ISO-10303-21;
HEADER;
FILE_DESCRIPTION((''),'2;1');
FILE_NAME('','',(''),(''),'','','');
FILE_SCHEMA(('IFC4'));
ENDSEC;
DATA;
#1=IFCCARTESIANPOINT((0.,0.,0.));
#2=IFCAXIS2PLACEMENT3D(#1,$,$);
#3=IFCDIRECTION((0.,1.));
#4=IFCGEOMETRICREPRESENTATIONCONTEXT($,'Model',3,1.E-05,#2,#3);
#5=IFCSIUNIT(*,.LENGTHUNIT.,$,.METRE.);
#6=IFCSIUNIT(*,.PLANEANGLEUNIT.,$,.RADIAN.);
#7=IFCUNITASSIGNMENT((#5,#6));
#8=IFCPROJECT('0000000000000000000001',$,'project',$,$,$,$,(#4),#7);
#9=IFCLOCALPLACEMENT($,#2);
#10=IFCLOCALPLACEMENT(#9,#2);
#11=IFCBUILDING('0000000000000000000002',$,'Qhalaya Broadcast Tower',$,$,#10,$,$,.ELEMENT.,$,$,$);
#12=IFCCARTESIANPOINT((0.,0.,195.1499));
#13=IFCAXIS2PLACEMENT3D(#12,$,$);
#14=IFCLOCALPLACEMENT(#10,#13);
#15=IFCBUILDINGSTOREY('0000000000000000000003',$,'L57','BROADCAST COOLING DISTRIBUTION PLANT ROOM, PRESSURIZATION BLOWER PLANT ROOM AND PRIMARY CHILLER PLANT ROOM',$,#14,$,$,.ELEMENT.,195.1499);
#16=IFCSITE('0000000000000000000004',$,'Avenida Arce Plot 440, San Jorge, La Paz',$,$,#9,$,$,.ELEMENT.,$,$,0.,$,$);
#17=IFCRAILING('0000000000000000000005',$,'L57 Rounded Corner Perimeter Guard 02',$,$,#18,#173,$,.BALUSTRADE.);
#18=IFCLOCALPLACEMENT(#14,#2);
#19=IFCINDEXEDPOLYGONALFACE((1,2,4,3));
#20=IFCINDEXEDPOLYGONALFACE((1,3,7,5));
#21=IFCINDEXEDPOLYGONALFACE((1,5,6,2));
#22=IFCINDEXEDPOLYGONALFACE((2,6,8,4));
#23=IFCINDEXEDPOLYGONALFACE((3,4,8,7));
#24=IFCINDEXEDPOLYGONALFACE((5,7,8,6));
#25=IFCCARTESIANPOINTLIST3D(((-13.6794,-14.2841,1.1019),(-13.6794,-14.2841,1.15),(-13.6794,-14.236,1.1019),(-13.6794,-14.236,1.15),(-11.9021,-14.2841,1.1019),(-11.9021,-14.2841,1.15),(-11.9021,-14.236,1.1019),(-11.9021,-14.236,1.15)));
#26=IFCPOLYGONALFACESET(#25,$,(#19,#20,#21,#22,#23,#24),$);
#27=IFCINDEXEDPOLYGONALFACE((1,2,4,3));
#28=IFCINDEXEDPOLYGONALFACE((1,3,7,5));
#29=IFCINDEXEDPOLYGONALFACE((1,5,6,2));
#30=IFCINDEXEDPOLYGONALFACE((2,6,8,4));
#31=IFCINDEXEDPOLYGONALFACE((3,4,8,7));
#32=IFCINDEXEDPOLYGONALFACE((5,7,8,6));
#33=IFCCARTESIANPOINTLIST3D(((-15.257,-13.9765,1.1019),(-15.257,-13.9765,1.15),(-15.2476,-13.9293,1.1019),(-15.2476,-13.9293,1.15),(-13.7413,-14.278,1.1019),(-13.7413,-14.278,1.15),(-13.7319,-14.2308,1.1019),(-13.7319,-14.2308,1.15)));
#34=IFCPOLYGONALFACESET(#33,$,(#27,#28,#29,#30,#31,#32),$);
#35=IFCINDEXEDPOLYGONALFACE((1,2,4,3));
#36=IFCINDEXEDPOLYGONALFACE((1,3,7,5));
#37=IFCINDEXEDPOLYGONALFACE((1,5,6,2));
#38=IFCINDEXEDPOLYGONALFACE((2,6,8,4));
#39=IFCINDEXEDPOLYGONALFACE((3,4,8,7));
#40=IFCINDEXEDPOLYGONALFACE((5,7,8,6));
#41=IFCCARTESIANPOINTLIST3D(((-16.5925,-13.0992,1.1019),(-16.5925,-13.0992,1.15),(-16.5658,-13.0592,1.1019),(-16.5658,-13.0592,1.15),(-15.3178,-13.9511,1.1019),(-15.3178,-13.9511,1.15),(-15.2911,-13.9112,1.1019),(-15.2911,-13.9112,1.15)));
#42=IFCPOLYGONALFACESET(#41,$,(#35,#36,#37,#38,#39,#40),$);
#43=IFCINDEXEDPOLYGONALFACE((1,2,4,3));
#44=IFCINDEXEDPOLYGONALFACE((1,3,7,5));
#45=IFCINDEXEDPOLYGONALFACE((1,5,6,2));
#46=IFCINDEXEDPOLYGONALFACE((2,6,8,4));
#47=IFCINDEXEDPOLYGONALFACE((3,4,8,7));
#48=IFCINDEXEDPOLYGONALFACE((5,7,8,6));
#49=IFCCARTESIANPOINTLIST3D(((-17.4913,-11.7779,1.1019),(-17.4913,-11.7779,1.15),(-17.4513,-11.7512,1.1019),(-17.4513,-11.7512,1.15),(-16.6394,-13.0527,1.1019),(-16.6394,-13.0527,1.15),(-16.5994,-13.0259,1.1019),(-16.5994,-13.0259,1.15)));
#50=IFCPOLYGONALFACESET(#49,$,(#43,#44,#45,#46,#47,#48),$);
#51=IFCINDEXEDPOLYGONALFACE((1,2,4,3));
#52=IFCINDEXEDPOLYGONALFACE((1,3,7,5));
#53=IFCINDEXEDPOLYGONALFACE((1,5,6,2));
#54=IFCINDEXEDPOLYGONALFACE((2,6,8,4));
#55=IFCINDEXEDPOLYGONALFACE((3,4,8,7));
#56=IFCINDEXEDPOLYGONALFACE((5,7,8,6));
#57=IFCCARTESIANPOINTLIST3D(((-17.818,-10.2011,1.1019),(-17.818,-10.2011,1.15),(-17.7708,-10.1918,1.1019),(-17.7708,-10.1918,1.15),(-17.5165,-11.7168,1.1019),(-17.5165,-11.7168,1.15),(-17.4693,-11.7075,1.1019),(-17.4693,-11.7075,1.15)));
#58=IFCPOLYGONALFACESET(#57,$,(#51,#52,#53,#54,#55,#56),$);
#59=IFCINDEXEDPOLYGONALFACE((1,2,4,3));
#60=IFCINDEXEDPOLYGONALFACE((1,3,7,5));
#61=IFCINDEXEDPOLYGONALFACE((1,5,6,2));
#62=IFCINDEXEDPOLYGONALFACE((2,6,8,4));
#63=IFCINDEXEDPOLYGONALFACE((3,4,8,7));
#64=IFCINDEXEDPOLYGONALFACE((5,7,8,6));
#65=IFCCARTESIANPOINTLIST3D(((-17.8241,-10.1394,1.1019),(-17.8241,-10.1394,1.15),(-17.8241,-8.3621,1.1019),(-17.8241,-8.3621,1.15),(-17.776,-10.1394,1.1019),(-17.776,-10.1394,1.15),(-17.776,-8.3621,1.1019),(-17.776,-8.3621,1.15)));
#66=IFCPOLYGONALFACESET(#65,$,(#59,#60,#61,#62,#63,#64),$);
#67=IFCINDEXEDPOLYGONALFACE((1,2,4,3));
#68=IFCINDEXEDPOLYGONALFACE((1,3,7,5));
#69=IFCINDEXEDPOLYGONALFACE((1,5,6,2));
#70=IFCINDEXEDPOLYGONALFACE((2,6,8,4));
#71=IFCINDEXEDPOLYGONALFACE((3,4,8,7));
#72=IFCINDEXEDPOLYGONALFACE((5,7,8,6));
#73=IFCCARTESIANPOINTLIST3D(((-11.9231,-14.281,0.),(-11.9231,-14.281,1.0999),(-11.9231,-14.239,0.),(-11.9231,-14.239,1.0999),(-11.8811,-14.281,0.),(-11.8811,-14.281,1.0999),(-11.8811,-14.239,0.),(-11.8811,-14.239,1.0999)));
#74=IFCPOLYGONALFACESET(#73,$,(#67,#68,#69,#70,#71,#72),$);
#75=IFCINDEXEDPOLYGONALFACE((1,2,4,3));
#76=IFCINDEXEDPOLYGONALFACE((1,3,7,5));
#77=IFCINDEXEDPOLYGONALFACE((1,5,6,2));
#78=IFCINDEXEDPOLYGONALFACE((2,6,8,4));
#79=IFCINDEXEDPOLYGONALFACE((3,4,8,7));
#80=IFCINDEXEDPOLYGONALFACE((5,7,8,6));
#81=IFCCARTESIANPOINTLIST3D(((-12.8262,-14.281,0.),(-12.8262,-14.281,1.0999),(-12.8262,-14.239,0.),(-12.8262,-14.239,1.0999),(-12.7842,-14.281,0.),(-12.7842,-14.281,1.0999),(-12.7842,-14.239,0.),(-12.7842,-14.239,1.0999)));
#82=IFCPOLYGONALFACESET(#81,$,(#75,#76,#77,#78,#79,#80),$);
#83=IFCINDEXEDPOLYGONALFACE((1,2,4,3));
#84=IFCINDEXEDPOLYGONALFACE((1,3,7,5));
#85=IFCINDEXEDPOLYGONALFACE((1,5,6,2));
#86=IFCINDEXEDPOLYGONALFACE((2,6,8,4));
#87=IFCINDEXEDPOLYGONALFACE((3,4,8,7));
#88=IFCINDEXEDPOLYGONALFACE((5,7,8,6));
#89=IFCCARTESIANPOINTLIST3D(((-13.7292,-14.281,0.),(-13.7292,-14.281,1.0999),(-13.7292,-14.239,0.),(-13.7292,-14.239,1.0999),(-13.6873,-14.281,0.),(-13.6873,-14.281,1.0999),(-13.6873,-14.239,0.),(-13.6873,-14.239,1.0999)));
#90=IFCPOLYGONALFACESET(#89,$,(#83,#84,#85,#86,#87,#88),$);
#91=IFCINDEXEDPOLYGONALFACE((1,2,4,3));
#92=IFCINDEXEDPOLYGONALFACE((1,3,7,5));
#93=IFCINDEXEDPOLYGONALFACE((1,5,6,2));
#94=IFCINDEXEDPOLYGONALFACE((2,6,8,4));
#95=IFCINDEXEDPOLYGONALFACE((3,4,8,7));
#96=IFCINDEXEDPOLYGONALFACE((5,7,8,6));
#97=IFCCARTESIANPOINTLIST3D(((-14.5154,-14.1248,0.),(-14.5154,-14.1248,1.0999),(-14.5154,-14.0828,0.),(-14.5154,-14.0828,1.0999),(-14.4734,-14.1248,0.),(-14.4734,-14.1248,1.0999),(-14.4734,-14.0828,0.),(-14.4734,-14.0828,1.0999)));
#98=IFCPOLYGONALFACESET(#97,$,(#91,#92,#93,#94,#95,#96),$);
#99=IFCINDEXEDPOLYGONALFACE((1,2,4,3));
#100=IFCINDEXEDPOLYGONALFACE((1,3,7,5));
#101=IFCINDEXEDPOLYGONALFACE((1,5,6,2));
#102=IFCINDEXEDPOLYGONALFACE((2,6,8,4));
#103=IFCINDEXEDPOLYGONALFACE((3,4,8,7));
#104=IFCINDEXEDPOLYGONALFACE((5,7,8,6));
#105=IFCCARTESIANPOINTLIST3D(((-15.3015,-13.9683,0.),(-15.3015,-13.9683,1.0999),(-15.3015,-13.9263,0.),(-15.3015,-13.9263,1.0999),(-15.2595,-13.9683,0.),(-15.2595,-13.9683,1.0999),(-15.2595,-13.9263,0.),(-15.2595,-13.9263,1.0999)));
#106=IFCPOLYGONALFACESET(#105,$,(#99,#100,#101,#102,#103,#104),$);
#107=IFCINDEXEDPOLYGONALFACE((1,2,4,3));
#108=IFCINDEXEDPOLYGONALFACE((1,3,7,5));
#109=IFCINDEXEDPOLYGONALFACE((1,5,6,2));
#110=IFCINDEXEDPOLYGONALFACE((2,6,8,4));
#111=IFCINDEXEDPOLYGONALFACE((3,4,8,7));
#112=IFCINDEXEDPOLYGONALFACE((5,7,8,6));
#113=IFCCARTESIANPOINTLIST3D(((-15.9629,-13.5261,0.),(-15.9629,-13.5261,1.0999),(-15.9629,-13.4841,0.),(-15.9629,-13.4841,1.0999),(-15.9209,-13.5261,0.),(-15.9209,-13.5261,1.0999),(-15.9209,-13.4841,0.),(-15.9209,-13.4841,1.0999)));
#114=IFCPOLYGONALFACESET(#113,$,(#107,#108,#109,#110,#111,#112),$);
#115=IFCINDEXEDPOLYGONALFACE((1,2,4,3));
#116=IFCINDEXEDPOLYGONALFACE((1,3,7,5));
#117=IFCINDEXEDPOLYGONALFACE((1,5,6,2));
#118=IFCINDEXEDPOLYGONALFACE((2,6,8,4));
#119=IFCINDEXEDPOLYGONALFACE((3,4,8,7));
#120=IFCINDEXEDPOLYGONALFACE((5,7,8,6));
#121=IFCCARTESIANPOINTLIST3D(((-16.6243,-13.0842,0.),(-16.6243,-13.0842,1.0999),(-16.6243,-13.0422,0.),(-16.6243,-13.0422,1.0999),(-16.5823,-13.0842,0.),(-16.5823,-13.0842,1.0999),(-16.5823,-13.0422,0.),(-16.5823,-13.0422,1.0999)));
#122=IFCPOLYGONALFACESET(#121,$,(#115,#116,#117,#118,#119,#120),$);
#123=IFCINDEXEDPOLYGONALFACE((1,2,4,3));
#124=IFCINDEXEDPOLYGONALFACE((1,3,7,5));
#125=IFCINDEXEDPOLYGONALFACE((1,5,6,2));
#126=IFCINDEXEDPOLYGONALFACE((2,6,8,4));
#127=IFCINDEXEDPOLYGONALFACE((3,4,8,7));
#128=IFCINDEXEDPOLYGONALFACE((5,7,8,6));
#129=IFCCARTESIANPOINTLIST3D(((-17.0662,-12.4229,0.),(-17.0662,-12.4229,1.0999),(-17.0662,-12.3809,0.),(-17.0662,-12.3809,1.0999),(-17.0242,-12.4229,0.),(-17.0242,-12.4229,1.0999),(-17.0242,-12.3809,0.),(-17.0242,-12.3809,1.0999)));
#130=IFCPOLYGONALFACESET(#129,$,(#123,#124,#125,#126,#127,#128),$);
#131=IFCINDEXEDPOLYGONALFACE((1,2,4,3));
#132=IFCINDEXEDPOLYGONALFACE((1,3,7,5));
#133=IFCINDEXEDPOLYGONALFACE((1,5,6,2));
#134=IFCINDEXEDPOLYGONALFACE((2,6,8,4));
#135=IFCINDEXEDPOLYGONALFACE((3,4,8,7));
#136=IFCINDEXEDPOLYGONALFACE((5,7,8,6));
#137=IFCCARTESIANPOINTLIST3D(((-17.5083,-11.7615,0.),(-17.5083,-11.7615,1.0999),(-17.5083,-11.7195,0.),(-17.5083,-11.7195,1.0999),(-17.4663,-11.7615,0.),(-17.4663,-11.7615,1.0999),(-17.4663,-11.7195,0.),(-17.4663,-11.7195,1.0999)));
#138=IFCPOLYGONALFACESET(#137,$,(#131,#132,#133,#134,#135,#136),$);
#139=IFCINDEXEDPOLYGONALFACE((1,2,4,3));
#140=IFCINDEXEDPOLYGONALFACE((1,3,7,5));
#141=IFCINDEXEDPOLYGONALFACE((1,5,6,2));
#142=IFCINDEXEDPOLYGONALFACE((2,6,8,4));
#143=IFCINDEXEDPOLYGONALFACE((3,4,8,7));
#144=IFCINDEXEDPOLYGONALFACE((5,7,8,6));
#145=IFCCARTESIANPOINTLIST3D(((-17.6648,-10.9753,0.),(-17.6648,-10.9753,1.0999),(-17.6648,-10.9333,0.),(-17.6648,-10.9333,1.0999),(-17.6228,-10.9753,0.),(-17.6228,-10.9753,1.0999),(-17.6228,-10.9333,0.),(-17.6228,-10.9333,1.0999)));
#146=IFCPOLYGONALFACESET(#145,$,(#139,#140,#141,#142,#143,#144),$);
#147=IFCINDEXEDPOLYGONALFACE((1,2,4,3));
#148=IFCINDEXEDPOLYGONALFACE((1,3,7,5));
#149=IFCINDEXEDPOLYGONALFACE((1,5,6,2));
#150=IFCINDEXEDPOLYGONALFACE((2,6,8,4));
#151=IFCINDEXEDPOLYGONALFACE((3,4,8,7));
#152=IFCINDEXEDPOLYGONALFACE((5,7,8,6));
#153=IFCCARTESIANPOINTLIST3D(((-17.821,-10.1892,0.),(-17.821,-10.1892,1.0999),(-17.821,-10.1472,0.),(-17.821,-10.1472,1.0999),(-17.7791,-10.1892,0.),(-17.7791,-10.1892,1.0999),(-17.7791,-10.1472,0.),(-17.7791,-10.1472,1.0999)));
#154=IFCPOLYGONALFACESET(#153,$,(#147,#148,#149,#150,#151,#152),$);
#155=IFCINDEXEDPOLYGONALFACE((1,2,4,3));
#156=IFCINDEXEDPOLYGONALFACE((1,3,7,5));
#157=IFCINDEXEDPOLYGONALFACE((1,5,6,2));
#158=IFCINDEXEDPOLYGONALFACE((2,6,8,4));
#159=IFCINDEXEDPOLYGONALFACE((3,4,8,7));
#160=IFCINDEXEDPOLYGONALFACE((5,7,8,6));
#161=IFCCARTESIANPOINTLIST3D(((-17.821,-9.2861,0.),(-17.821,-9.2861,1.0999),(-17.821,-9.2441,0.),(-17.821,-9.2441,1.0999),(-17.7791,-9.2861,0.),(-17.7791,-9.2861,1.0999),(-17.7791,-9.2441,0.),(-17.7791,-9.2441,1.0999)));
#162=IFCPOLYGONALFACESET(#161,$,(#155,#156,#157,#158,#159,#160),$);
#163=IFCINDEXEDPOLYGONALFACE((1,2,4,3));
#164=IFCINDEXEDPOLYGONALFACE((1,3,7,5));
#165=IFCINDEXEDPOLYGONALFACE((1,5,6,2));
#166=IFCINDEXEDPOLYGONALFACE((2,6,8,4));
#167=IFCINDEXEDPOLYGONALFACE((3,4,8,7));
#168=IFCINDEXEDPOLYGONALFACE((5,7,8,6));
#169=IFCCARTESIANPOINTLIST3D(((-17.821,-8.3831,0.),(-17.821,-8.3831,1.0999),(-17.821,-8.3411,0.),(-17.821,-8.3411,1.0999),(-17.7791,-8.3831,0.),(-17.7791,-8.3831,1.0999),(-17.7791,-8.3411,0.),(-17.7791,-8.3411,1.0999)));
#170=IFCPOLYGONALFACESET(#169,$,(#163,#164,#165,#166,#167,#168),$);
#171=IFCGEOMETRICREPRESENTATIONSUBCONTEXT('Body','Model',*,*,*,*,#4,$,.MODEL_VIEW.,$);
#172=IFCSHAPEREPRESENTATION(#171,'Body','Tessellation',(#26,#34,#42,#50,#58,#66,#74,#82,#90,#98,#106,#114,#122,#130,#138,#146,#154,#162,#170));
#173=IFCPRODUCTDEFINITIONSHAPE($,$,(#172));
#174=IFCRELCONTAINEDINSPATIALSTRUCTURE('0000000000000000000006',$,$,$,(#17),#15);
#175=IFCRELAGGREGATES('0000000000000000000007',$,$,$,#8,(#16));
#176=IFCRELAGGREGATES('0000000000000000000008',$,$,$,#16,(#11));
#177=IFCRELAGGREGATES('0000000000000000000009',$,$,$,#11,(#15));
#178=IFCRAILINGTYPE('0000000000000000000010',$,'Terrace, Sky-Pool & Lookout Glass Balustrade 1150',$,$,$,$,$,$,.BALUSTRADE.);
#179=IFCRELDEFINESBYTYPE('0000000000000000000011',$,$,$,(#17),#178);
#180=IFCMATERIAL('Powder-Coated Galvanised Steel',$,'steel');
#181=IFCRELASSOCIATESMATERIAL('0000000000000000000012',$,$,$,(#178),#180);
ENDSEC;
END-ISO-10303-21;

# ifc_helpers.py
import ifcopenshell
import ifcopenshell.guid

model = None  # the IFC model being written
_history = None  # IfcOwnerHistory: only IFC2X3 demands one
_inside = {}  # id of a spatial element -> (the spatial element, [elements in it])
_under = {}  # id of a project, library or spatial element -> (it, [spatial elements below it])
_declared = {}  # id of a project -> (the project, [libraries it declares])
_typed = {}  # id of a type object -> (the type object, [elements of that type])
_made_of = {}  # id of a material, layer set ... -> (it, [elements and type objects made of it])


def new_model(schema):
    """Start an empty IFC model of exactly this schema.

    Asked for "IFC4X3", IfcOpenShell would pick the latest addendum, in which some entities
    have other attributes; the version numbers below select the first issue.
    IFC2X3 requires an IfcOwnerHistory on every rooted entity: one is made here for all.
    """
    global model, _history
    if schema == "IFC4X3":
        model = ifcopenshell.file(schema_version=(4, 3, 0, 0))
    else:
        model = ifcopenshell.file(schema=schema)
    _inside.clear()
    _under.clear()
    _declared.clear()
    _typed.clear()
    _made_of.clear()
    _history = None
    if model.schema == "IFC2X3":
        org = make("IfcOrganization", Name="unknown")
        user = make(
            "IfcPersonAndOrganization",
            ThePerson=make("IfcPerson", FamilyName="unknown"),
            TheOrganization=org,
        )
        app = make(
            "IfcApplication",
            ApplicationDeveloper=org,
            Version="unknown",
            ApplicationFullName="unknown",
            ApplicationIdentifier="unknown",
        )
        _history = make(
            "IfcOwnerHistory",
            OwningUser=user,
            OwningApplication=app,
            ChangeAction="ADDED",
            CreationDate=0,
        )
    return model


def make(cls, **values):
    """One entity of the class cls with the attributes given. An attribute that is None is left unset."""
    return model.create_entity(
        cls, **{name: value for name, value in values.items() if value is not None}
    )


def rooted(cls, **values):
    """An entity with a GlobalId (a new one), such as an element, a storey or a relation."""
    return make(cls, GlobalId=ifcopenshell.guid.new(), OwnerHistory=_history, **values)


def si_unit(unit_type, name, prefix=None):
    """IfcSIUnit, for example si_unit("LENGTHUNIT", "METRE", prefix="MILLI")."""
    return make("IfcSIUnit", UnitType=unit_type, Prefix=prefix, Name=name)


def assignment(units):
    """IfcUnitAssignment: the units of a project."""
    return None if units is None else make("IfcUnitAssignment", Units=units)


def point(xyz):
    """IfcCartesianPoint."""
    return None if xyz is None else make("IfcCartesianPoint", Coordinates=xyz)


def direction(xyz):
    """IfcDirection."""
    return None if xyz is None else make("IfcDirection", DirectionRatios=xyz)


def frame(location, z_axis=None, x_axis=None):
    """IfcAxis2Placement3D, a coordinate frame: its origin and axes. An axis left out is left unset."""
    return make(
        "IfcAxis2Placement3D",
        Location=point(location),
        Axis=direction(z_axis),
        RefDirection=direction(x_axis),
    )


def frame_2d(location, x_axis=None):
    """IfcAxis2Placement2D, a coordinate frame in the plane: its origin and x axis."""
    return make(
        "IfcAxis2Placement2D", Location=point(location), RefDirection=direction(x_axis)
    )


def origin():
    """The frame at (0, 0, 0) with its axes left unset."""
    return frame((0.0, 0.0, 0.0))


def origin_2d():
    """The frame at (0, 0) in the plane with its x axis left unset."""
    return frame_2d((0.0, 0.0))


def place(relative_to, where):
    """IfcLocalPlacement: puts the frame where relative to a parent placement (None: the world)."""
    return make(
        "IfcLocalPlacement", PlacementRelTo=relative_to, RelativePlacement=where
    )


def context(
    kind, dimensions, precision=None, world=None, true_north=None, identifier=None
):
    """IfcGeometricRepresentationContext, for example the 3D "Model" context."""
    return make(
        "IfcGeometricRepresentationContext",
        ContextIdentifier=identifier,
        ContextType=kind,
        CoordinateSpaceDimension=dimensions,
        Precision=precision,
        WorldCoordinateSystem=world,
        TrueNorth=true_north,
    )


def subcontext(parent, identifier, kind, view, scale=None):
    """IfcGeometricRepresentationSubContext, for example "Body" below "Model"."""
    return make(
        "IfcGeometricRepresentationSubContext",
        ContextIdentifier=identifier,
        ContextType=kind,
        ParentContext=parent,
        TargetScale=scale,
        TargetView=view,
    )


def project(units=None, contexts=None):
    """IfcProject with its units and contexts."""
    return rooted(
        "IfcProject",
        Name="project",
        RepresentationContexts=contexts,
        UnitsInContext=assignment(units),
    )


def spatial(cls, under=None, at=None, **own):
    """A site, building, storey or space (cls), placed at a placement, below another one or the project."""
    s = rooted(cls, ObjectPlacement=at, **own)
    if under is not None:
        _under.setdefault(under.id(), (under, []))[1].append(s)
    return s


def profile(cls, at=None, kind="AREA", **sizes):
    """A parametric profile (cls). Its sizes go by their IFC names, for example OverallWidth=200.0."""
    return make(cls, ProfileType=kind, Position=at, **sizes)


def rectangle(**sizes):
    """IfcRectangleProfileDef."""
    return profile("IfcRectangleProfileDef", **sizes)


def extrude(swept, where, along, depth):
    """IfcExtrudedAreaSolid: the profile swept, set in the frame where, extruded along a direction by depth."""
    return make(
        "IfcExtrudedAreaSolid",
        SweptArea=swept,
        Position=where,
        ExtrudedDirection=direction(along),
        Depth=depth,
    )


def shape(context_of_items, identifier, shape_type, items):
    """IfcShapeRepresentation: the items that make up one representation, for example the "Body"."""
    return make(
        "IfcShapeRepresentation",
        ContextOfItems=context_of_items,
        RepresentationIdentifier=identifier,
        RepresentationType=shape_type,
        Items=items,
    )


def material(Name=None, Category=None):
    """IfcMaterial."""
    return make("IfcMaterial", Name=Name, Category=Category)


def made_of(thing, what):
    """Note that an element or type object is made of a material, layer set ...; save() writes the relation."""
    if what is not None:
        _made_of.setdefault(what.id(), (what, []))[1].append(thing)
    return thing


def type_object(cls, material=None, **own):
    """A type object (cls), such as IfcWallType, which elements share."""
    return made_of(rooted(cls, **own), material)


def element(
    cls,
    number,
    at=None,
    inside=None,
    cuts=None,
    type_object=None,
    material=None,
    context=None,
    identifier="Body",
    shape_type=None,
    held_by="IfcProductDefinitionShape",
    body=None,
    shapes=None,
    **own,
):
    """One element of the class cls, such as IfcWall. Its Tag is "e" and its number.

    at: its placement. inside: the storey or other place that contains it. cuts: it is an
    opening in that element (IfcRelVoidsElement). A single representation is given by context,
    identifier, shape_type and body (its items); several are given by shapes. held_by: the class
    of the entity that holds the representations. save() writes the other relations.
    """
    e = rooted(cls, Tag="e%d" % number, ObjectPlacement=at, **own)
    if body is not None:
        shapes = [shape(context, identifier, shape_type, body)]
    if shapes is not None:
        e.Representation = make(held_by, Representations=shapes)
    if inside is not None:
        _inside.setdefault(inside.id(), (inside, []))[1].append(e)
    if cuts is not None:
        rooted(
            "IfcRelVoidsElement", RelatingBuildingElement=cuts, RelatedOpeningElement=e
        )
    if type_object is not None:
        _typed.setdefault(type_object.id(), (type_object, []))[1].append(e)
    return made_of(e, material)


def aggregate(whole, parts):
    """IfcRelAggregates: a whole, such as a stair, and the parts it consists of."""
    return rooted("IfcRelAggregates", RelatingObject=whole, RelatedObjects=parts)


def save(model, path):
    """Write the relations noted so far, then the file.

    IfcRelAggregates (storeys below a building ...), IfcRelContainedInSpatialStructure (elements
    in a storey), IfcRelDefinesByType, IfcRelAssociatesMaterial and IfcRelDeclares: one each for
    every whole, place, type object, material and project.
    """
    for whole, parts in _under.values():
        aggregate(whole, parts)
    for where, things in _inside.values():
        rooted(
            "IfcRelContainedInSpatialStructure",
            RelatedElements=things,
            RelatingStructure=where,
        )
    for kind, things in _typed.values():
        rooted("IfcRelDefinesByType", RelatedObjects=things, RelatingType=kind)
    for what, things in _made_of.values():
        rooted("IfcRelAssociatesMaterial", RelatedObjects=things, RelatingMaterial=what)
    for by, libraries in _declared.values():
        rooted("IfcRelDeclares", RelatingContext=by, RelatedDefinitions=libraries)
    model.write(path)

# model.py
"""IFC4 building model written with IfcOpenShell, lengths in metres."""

from ifc_helpers import new_model, si_unit, direction, frame, origin, origin_2d, place, context, subcontext, project, spatial, rectangle, extrude, material, type_object, element, save


model = new_model("IFC4")

# Units and contexts
model_context = context("Model", 3, precision=1e-05, world=origin(), true_north=direction((0.0, 1.0)))
body_context = subcontext(model_context, "Body", "Model", "MODEL_VIEW")
ifc_project = project(units=[si_unit("LENGTHUNIT", "METRE"), si_unit("PLANEANGLEUNIT", "RADIAN")], contexts=[model_context])

# Site, building, storey
site_placement = place(None, origin())
site = spatial("IfcSite", under=ifc_project, at=site_placement, Name="Avenida Arce Plot 440, San Jorge, La Paz", CompositionType="ELEMENT", RefElevation=0.0)
building_placement = place(site_placement, origin())
building = spatial("IfcBuilding", under=site, at=building_placement, Name="Qhalaya Broadcast Tower", CompositionType="ELEMENT")
storey_placement = place(building_placement, frame((0.0, 0.0, 195.1499)))
storey = spatial("IfcBuildingStorey", under=building, at=storey_placement, Name="L57", Description="BROADCAST COOLING DISTRIBUTION PLANT ROOM, PRESSURIZATION BLOWER PLANT ROOM AND PRIMARY CHILLER PLANT ROOM", CompositionType="ELEMENT", Elevation=195.1499)

# Railing
ifc_material_1 = material(Name="Powder-Coated Galvanised Steel", Category="steel")
railing_type = type_object("IfcRailingType", Name="Terrace, Sky-Pool & Lookout Glass Balustrade 1150", PredefinedType="BALUSTRADE", material=ifc_material_1)
railing_placement = place(storey_placement, frame((-11.9021, -14.26, 0.0)))
element("IfcRailing", 1, at=railing_placement, inside=storey, type_object=railing_type, Name="L57 Rounded Corner Perimeter Guard 02", PredefinedType="BALUSTRADE", context=body_context, shape_type="SweptSolid", body=[
    extrude(rectangle(XDim=0.0481, YDim=0.0481, at=origin_2d()), frame((0.0, 0.0, 1.126), z_axis=(-1.0, 0.0, 0.0), x_axis=(0.0, -1.0, 0.0)), (0.0, 0.0, 1.0), 1.7773),
    extrude(rectangle(XDim=0.0481, YDim=0.0481, at=origin_2d()), frame((-1.8345, 0.0056, 1.126), z_axis=(-0.980785, 0.195091, 0.0), x_axis=(-0.195091, -0.980785, 0.0)), (0.0, 0.0, 1.0), 1.5454),
    extrude(rectangle(XDim=0.0481, YDim=0.0481, at=origin_2d()), frame((-3.4023, 0.3289, 1.126), z_axis=(-0.831412, 0.555656, 0.0), x_axis=(-0.555656, -0.831412, 0.0)), (0.0, 0.0, 1.0), 1.5332),
    extrude(rectangle(XDim=0.0481, YDim=0.0481, at=origin_2d()), frame((-4.7173, 1.2207, 1.126), z_axis=(-0.555656, 0.831412, 0.0), x_axis=(-0.831412, -0.555656, 0.0)), (0.0, 0.0, 1.0), 1.5332),
    extrude(rectangle(XDim=0.0481, YDim=0.0481, at=origin_2d()), frame((-5.5908, 2.5479, 1.126), z_axis=(-0.195091, 0.980785, 0.0), x_axis=(-0.980785, -0.195091, 0.0)), (0.0, 0.0, 1.0), 1.5454),
    extrude(rectangle(XDim=0.0481, YDim=0.0481, at=origin_2d()), frame((-5.8979, 4.1206, 1.126), z_axis=(0.0, 1.0, 0.0), x_axis=(-1.0, 0.0, 0.0)), (0.0, 0.0, 1.0), 1.7773),
    extrude(rectangle(XDim=0.042, YDim=0.042, at=origin_2d()), origin(), (0.0, 0.0, 1.0), 1.0999),
    extrude(rectangle(XDim=0.042, YDim=0.042, at=origin_2d()), frame((-0.9031, 0.0, 0.0)), (0.0, 0.0, 1.0), 1.0999),
    extrude(rectangle(XDim=0.042, YDim=0.042, at=origin_2d()), frame((-1.8062, 0.0, 0.0)), (0.0, 0.0, 1.0), 1.0999),
    extrude(rectangle(XDim=0.042, YDim=0.042, at=origin_2d()), frame((-2.5923, 0.1562, 0.0)), (0.0, 0.0, 1.0), 1.0999),
    extrude(rectangle(XDim=0.042, YDim=0.042, at=origin_2d()), frame((-3.3784, 0.3127, 0.0)), (0.0, 0.0, 1.0), 1.0999),
    extrude(rectangle(XDim=0.042, YDim=0.042, at=origin_2d()), frame((-4.0398, 0.7549, 0.0)), (0.0, 0.0, 1.0), 1.0999),
    extrude(rectangle(XDim=0.042, YDim=0.042, at=origin_2d()), frame((-4.7012, 1.1968, 0.0)), (0.0, 0.0, 1.0), 1.0999),
    extrude(rectangle(XDim=0.042, YDim=0.042, at=origin_2d()), frame((-5.1431, 1.8582, 0.0)), (0.0, 0.0, 1.0), 1.0999),
    extrude(rectangle(XDim=0.042, YDim=0.042, at=origin_2d()), frame((-5.5852, 2.5195, 0.0)), (0.0, 0.0, 1.0), 1.0999),
    extrude(rectangle(XDim=0.042, YDim=0.042, at=origin_2d()), frame((-5.7417, 3.3057, 0.0)), (0.0, 0.0, 1.0), 1.0999),
    extrude(rectangle(XDim=0.042, YDim=0.042, at=origin_2d()), frame((-5.8979, 4.0918, 0.0)), (0.0, 0.0, 1.0), 1.0999),
    extrude(rectangle(XDim=0.042, YDim=0.042, at=origin_2d()), frame((-5.8979, 4.9949, 0.0)), (0.0, 0.0, 1.0), 1.0999),
    extrude(rectangle(XDim=0.042, YDim=0.042, at=origin_2d()), frame((-5.8979, 5.8979, 0.0)), (0.0, 0.0, 1.0), 1.0999),
])

save(model, "model.ifc")
